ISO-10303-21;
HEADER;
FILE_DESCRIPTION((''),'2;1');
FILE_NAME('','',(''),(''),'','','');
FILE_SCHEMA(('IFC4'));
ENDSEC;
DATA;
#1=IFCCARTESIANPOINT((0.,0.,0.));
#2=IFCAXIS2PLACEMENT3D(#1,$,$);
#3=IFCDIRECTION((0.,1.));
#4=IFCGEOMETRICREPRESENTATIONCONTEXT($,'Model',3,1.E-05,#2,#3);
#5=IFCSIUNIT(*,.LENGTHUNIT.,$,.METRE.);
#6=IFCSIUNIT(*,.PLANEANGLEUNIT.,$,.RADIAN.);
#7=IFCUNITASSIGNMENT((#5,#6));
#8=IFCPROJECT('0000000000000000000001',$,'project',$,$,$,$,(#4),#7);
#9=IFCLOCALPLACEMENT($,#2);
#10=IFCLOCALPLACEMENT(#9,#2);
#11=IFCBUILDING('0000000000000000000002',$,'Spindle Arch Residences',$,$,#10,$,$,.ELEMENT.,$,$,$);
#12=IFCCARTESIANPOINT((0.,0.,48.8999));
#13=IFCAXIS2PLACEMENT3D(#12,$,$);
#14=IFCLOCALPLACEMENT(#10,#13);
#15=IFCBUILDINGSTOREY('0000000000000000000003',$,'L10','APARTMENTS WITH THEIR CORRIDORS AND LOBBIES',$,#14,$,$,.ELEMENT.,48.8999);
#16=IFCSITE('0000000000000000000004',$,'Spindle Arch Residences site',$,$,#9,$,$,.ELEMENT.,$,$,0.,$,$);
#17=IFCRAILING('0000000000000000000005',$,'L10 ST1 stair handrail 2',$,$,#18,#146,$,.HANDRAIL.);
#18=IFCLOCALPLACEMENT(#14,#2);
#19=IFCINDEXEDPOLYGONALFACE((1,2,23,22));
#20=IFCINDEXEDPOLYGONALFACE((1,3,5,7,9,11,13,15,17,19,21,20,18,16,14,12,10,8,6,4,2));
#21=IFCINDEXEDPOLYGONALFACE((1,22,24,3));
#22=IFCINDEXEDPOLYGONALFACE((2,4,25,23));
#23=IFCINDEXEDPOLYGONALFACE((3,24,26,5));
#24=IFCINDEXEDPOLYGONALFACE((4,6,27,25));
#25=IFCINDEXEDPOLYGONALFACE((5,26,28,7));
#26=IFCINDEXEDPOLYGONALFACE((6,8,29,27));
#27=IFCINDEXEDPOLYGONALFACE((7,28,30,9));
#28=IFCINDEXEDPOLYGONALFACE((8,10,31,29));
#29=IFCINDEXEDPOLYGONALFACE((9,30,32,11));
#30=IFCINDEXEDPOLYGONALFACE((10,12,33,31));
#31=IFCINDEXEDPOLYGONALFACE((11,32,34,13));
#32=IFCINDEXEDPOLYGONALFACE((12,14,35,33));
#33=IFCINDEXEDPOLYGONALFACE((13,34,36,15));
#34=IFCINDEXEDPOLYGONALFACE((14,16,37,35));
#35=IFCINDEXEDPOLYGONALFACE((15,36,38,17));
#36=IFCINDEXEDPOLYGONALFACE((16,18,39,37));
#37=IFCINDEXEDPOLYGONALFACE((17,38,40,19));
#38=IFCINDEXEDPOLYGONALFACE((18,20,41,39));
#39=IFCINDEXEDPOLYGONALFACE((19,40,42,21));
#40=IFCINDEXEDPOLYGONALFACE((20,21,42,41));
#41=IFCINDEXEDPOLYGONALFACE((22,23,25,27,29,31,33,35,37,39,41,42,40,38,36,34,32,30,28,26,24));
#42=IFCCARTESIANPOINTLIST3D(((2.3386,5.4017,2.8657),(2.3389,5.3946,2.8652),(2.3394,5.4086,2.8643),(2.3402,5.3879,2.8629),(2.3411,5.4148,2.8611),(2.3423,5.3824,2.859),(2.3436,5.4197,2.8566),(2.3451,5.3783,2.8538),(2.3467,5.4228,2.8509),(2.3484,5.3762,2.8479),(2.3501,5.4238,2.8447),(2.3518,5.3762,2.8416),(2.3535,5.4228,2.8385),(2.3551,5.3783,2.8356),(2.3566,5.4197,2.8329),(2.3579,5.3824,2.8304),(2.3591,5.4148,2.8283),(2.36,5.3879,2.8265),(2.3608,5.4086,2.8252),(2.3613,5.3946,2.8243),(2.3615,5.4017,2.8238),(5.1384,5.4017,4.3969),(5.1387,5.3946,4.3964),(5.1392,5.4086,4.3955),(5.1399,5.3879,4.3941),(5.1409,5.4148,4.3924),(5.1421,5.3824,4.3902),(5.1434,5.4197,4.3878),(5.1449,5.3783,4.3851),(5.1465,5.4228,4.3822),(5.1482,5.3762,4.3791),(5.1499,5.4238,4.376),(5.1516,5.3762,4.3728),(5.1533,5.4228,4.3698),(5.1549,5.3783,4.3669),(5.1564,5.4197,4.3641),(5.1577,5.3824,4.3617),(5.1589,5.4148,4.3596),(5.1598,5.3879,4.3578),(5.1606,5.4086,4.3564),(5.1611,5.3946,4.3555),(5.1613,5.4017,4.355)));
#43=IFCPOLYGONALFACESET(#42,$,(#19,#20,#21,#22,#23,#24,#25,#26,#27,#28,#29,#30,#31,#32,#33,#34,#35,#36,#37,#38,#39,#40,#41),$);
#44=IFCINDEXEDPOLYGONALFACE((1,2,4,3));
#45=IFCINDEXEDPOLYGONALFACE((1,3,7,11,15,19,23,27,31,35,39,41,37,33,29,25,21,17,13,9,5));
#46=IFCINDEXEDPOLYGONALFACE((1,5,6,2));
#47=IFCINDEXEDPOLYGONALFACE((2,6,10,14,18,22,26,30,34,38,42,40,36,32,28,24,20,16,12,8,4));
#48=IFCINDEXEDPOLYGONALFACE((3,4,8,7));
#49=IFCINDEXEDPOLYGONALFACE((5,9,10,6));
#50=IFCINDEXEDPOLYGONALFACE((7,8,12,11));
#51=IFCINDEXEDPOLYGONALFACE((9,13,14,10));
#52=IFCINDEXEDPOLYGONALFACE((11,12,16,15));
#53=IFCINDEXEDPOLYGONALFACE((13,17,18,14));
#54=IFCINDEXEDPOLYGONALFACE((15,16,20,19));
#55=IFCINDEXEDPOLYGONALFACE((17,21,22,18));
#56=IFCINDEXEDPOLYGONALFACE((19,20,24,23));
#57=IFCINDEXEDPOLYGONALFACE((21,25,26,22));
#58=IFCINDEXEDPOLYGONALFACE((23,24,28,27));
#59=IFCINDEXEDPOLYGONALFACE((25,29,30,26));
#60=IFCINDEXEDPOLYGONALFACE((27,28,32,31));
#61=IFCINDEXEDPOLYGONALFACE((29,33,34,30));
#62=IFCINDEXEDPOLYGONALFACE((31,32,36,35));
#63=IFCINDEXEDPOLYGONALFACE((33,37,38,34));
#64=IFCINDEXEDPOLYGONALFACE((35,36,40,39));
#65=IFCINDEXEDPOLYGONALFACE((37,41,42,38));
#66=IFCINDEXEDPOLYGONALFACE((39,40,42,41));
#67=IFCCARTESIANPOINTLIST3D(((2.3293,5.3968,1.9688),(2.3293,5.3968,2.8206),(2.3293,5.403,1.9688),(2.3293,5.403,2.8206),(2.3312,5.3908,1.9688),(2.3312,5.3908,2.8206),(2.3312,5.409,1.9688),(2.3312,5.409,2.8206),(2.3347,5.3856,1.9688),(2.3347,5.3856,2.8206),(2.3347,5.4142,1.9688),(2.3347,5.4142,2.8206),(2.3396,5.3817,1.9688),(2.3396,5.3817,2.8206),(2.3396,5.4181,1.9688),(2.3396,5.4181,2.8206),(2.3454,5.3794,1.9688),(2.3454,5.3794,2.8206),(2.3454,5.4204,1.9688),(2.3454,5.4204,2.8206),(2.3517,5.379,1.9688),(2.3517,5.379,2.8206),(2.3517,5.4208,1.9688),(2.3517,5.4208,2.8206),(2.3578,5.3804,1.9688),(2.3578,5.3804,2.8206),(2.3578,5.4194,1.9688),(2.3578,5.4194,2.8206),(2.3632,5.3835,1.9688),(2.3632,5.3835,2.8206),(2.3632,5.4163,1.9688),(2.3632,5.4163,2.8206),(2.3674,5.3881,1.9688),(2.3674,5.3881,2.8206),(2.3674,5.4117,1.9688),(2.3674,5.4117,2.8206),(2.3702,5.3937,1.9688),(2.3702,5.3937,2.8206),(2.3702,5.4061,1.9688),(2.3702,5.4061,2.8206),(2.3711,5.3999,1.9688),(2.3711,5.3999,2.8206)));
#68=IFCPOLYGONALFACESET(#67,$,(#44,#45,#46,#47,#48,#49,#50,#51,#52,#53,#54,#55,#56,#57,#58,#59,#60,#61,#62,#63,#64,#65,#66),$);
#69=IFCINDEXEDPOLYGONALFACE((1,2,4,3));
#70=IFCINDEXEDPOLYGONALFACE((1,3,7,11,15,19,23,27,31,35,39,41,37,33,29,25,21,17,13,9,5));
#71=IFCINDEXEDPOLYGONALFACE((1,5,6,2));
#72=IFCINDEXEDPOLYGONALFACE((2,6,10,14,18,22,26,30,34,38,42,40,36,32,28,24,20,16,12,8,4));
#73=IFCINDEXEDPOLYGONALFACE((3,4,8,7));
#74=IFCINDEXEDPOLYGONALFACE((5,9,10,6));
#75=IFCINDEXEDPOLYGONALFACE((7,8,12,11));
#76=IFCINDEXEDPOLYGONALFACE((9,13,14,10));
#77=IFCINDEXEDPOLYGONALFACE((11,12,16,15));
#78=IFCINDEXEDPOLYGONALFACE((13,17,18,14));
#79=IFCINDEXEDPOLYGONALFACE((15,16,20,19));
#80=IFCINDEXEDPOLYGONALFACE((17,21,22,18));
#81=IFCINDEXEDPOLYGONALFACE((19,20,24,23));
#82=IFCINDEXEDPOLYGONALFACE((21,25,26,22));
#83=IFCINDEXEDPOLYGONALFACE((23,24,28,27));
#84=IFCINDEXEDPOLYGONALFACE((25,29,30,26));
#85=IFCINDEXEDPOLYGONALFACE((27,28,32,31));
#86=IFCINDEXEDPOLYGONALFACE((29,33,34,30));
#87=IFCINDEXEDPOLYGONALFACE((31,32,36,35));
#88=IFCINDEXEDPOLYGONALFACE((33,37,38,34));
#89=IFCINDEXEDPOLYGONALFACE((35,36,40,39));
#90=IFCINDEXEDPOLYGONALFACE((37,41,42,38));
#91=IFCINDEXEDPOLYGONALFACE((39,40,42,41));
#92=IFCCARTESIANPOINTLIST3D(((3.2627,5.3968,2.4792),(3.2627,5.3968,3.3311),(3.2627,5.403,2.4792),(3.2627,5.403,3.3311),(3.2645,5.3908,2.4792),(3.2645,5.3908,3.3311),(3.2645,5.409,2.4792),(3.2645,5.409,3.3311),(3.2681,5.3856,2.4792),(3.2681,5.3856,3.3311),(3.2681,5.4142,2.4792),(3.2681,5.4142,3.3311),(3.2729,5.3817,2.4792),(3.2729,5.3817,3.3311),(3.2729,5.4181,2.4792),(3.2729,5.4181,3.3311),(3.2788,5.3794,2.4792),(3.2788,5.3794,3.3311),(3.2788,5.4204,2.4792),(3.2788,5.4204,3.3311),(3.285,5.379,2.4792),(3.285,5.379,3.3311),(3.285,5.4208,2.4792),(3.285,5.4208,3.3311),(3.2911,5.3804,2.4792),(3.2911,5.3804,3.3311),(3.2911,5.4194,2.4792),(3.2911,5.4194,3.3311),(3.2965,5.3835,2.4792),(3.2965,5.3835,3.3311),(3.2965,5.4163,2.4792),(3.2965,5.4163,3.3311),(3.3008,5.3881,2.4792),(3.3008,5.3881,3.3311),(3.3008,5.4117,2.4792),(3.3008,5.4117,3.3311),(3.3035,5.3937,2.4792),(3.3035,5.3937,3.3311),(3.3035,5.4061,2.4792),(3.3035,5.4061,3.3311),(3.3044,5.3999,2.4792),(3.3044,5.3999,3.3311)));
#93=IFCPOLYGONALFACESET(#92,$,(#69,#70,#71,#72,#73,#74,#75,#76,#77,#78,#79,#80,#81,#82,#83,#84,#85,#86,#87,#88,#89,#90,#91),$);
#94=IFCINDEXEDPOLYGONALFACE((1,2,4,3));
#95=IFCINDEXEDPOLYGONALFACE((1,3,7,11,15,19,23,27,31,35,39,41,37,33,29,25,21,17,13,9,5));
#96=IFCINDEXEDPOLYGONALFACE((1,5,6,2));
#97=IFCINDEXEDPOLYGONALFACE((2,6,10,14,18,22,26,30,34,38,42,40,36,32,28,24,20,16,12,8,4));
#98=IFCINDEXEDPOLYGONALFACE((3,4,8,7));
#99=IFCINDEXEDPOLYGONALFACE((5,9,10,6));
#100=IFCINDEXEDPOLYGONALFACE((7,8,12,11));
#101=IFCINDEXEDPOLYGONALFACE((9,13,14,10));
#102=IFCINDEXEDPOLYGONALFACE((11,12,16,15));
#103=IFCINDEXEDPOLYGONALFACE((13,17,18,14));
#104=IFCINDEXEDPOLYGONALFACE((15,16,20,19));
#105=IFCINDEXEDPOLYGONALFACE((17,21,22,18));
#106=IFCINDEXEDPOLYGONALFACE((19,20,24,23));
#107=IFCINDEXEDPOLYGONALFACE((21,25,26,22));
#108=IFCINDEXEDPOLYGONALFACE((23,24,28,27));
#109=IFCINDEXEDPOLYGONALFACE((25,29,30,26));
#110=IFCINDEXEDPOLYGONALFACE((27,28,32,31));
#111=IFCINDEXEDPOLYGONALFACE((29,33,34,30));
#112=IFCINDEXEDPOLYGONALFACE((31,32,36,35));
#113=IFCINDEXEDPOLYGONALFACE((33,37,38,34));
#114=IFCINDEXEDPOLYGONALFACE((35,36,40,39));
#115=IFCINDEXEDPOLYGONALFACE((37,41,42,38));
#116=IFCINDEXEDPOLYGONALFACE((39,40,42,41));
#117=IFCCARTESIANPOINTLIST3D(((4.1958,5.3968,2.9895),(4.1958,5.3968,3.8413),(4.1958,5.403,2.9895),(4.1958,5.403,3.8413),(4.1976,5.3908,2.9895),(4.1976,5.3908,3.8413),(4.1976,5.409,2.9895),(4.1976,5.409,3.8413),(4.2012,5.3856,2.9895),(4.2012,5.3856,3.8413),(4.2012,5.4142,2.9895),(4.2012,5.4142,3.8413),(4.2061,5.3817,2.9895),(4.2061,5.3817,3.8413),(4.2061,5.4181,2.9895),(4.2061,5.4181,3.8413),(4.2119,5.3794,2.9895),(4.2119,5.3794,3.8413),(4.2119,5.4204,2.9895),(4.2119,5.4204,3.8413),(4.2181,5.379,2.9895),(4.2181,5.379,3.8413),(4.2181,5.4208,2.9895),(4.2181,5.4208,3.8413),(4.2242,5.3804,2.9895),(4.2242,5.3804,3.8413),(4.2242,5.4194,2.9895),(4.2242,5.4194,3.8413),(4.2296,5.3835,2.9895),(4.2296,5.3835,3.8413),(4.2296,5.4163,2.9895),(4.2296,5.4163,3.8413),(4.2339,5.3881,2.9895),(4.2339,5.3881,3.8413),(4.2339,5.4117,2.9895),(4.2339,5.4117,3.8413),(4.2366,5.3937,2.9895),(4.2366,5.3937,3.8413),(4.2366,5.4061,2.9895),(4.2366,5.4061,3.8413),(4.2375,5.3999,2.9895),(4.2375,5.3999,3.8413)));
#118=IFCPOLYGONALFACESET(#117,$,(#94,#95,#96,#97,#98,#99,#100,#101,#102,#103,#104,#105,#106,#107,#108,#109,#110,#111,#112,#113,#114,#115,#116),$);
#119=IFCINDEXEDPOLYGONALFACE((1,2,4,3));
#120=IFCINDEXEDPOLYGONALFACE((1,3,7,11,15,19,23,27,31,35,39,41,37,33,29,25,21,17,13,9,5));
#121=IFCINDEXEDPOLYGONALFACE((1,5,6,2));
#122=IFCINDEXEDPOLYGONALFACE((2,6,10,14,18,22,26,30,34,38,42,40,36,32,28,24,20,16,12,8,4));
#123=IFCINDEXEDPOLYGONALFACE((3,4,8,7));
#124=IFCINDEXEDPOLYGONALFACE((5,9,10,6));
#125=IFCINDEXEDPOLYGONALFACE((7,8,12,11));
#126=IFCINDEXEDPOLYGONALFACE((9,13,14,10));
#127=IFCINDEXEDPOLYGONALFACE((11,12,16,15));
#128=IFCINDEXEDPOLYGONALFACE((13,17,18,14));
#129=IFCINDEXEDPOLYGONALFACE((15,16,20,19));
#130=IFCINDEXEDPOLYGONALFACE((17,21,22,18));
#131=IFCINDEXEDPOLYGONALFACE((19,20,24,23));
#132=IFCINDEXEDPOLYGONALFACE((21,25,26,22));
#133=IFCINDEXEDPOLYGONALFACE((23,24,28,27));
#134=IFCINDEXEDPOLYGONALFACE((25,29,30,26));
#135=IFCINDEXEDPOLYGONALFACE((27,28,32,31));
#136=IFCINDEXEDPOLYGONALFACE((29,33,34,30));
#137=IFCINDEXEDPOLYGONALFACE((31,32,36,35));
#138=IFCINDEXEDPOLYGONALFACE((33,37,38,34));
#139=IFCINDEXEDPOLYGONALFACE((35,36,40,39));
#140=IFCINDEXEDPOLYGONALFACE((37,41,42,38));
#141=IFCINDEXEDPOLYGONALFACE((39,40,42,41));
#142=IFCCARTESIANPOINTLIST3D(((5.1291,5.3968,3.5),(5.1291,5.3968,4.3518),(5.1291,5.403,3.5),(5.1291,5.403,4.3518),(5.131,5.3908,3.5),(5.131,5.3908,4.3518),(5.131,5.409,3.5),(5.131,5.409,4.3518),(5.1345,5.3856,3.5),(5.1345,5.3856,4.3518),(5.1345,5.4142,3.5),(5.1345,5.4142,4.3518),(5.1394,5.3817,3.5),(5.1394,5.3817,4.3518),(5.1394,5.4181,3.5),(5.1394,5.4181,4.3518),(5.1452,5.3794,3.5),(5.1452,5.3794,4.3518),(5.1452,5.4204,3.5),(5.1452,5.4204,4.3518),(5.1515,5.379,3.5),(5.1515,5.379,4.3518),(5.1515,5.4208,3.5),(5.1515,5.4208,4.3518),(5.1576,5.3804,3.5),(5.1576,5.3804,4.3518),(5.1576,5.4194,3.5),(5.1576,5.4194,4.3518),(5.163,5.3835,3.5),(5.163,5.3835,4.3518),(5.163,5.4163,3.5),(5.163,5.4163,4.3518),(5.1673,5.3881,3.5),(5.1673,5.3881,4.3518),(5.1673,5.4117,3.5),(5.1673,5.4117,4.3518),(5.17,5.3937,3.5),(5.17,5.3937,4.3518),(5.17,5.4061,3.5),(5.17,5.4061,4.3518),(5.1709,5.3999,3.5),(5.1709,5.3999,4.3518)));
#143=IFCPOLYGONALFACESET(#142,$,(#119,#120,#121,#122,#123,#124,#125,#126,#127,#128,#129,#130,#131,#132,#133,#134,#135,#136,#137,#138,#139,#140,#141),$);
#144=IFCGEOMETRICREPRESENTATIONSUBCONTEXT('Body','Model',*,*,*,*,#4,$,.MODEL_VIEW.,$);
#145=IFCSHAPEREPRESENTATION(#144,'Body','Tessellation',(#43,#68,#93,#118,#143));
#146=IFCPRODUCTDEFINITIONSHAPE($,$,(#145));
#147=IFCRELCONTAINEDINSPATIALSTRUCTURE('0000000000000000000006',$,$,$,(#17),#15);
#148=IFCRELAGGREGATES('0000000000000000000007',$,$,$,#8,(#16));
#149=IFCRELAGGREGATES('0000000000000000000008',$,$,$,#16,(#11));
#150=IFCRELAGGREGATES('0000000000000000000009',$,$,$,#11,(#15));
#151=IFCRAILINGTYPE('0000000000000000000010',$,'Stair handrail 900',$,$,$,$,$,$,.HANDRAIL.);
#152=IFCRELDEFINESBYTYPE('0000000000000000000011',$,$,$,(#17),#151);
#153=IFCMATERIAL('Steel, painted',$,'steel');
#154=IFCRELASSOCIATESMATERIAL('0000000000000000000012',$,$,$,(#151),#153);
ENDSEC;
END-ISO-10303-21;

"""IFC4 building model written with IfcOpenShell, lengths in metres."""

from ifc_helpers import new_model, si_unit, direction, frame, origin, origin_2d, place, context, subcontext, project, spatial, circle, extrude, material, type_object, element, save


model = new_model("IFC4")

# Units and contexts
model_context = context("Model", 3, precision=1e-05, world=origin(), true_north=direction((0.0, 1.0)))
body_context = subcontext(model_context, "Body", "Model", "MODEL_VIEW")
ifc_project = project(units=[si_unit("LENGTHUNIT", "METRE"), si_unit("PLANEANGLEUNIT", "RADIAN")], contexts=[model_context])

# Site, building, storey
site_placement = place(None, origin())
site = spatial("IfcSite", under=ifc_project, at=site_placement, Name="Spindle Arch Residences site", CompositionType="ELEMENT", RefElevation=0.0)
building_placement = place(site_placement, origin())
building = spatial("IfcBuilding", under=site, at=building_placement, Name="Spindle Arch Residences", CompositionType="ELEMENT")
storey_placement = place(building_placement, frame((0.0, 0.0, 48.8999)))
storey = spatial("IfcBuildingStorey", under=building, at=storey_placement, Name="L10", Description="APARTMENTS WITH THEIR CORRIDORS AND LOBBIES", CompositionType="ELEMENT", Elevation=48.8999)

# Railing
ifc_material_1 = material(Name="Steel, painted", Category="steel")
railing_type_1 = type_object("IfcRailingType", Name="Stair handrail 900", PredefinedType="HANDRAIL", material=ifc_material_1)
railing_1_placement = place(storey_placement, frame((2.3501, 5.3999, 1.9688)))
element("IfcRailing", 1, at=railing_1_placement, inside=storey, type_object=railing_type_1, Name="L10 ST1 stair handrail 2", PredefinedType="HANDRAIL", context=body_context, shape_type="SweptSolid", body=[
    extrude(circle(Radius=0.0239, at=origin_2d()), frame((0.0, 0.0, 0.876), z_axis=(0.877357, 0.0, 0.479838), x_axis=(0.0, 1.0, 0.0)), (0.0, 0.0, 1.0), 3.1912),
    extrude(circle(Radius=0.021, at=origin_2d()), origin(), (0.0, 0.0, 1.0), 0.8518),
    extrude(circle(Radius=0.021, at=origin_2d()), frame((0.9333, 0.0, 0.5105)), (0.0, 0.0, 1.0), 0.8518),
    extrude(circle(Radius=0.021, at=origin_2d()), frame((1.8665, 0.0, 1.0208)), (0.0, 0.0, 1.0), 0.8518),
    extrude(circle(Radius=0.021, at=origin_2d()), frame((2.7998, 0.0, 1.5312)), (0.0, 0.0, 1.0), 0.8518),
])

save(model, "model.ifc")
